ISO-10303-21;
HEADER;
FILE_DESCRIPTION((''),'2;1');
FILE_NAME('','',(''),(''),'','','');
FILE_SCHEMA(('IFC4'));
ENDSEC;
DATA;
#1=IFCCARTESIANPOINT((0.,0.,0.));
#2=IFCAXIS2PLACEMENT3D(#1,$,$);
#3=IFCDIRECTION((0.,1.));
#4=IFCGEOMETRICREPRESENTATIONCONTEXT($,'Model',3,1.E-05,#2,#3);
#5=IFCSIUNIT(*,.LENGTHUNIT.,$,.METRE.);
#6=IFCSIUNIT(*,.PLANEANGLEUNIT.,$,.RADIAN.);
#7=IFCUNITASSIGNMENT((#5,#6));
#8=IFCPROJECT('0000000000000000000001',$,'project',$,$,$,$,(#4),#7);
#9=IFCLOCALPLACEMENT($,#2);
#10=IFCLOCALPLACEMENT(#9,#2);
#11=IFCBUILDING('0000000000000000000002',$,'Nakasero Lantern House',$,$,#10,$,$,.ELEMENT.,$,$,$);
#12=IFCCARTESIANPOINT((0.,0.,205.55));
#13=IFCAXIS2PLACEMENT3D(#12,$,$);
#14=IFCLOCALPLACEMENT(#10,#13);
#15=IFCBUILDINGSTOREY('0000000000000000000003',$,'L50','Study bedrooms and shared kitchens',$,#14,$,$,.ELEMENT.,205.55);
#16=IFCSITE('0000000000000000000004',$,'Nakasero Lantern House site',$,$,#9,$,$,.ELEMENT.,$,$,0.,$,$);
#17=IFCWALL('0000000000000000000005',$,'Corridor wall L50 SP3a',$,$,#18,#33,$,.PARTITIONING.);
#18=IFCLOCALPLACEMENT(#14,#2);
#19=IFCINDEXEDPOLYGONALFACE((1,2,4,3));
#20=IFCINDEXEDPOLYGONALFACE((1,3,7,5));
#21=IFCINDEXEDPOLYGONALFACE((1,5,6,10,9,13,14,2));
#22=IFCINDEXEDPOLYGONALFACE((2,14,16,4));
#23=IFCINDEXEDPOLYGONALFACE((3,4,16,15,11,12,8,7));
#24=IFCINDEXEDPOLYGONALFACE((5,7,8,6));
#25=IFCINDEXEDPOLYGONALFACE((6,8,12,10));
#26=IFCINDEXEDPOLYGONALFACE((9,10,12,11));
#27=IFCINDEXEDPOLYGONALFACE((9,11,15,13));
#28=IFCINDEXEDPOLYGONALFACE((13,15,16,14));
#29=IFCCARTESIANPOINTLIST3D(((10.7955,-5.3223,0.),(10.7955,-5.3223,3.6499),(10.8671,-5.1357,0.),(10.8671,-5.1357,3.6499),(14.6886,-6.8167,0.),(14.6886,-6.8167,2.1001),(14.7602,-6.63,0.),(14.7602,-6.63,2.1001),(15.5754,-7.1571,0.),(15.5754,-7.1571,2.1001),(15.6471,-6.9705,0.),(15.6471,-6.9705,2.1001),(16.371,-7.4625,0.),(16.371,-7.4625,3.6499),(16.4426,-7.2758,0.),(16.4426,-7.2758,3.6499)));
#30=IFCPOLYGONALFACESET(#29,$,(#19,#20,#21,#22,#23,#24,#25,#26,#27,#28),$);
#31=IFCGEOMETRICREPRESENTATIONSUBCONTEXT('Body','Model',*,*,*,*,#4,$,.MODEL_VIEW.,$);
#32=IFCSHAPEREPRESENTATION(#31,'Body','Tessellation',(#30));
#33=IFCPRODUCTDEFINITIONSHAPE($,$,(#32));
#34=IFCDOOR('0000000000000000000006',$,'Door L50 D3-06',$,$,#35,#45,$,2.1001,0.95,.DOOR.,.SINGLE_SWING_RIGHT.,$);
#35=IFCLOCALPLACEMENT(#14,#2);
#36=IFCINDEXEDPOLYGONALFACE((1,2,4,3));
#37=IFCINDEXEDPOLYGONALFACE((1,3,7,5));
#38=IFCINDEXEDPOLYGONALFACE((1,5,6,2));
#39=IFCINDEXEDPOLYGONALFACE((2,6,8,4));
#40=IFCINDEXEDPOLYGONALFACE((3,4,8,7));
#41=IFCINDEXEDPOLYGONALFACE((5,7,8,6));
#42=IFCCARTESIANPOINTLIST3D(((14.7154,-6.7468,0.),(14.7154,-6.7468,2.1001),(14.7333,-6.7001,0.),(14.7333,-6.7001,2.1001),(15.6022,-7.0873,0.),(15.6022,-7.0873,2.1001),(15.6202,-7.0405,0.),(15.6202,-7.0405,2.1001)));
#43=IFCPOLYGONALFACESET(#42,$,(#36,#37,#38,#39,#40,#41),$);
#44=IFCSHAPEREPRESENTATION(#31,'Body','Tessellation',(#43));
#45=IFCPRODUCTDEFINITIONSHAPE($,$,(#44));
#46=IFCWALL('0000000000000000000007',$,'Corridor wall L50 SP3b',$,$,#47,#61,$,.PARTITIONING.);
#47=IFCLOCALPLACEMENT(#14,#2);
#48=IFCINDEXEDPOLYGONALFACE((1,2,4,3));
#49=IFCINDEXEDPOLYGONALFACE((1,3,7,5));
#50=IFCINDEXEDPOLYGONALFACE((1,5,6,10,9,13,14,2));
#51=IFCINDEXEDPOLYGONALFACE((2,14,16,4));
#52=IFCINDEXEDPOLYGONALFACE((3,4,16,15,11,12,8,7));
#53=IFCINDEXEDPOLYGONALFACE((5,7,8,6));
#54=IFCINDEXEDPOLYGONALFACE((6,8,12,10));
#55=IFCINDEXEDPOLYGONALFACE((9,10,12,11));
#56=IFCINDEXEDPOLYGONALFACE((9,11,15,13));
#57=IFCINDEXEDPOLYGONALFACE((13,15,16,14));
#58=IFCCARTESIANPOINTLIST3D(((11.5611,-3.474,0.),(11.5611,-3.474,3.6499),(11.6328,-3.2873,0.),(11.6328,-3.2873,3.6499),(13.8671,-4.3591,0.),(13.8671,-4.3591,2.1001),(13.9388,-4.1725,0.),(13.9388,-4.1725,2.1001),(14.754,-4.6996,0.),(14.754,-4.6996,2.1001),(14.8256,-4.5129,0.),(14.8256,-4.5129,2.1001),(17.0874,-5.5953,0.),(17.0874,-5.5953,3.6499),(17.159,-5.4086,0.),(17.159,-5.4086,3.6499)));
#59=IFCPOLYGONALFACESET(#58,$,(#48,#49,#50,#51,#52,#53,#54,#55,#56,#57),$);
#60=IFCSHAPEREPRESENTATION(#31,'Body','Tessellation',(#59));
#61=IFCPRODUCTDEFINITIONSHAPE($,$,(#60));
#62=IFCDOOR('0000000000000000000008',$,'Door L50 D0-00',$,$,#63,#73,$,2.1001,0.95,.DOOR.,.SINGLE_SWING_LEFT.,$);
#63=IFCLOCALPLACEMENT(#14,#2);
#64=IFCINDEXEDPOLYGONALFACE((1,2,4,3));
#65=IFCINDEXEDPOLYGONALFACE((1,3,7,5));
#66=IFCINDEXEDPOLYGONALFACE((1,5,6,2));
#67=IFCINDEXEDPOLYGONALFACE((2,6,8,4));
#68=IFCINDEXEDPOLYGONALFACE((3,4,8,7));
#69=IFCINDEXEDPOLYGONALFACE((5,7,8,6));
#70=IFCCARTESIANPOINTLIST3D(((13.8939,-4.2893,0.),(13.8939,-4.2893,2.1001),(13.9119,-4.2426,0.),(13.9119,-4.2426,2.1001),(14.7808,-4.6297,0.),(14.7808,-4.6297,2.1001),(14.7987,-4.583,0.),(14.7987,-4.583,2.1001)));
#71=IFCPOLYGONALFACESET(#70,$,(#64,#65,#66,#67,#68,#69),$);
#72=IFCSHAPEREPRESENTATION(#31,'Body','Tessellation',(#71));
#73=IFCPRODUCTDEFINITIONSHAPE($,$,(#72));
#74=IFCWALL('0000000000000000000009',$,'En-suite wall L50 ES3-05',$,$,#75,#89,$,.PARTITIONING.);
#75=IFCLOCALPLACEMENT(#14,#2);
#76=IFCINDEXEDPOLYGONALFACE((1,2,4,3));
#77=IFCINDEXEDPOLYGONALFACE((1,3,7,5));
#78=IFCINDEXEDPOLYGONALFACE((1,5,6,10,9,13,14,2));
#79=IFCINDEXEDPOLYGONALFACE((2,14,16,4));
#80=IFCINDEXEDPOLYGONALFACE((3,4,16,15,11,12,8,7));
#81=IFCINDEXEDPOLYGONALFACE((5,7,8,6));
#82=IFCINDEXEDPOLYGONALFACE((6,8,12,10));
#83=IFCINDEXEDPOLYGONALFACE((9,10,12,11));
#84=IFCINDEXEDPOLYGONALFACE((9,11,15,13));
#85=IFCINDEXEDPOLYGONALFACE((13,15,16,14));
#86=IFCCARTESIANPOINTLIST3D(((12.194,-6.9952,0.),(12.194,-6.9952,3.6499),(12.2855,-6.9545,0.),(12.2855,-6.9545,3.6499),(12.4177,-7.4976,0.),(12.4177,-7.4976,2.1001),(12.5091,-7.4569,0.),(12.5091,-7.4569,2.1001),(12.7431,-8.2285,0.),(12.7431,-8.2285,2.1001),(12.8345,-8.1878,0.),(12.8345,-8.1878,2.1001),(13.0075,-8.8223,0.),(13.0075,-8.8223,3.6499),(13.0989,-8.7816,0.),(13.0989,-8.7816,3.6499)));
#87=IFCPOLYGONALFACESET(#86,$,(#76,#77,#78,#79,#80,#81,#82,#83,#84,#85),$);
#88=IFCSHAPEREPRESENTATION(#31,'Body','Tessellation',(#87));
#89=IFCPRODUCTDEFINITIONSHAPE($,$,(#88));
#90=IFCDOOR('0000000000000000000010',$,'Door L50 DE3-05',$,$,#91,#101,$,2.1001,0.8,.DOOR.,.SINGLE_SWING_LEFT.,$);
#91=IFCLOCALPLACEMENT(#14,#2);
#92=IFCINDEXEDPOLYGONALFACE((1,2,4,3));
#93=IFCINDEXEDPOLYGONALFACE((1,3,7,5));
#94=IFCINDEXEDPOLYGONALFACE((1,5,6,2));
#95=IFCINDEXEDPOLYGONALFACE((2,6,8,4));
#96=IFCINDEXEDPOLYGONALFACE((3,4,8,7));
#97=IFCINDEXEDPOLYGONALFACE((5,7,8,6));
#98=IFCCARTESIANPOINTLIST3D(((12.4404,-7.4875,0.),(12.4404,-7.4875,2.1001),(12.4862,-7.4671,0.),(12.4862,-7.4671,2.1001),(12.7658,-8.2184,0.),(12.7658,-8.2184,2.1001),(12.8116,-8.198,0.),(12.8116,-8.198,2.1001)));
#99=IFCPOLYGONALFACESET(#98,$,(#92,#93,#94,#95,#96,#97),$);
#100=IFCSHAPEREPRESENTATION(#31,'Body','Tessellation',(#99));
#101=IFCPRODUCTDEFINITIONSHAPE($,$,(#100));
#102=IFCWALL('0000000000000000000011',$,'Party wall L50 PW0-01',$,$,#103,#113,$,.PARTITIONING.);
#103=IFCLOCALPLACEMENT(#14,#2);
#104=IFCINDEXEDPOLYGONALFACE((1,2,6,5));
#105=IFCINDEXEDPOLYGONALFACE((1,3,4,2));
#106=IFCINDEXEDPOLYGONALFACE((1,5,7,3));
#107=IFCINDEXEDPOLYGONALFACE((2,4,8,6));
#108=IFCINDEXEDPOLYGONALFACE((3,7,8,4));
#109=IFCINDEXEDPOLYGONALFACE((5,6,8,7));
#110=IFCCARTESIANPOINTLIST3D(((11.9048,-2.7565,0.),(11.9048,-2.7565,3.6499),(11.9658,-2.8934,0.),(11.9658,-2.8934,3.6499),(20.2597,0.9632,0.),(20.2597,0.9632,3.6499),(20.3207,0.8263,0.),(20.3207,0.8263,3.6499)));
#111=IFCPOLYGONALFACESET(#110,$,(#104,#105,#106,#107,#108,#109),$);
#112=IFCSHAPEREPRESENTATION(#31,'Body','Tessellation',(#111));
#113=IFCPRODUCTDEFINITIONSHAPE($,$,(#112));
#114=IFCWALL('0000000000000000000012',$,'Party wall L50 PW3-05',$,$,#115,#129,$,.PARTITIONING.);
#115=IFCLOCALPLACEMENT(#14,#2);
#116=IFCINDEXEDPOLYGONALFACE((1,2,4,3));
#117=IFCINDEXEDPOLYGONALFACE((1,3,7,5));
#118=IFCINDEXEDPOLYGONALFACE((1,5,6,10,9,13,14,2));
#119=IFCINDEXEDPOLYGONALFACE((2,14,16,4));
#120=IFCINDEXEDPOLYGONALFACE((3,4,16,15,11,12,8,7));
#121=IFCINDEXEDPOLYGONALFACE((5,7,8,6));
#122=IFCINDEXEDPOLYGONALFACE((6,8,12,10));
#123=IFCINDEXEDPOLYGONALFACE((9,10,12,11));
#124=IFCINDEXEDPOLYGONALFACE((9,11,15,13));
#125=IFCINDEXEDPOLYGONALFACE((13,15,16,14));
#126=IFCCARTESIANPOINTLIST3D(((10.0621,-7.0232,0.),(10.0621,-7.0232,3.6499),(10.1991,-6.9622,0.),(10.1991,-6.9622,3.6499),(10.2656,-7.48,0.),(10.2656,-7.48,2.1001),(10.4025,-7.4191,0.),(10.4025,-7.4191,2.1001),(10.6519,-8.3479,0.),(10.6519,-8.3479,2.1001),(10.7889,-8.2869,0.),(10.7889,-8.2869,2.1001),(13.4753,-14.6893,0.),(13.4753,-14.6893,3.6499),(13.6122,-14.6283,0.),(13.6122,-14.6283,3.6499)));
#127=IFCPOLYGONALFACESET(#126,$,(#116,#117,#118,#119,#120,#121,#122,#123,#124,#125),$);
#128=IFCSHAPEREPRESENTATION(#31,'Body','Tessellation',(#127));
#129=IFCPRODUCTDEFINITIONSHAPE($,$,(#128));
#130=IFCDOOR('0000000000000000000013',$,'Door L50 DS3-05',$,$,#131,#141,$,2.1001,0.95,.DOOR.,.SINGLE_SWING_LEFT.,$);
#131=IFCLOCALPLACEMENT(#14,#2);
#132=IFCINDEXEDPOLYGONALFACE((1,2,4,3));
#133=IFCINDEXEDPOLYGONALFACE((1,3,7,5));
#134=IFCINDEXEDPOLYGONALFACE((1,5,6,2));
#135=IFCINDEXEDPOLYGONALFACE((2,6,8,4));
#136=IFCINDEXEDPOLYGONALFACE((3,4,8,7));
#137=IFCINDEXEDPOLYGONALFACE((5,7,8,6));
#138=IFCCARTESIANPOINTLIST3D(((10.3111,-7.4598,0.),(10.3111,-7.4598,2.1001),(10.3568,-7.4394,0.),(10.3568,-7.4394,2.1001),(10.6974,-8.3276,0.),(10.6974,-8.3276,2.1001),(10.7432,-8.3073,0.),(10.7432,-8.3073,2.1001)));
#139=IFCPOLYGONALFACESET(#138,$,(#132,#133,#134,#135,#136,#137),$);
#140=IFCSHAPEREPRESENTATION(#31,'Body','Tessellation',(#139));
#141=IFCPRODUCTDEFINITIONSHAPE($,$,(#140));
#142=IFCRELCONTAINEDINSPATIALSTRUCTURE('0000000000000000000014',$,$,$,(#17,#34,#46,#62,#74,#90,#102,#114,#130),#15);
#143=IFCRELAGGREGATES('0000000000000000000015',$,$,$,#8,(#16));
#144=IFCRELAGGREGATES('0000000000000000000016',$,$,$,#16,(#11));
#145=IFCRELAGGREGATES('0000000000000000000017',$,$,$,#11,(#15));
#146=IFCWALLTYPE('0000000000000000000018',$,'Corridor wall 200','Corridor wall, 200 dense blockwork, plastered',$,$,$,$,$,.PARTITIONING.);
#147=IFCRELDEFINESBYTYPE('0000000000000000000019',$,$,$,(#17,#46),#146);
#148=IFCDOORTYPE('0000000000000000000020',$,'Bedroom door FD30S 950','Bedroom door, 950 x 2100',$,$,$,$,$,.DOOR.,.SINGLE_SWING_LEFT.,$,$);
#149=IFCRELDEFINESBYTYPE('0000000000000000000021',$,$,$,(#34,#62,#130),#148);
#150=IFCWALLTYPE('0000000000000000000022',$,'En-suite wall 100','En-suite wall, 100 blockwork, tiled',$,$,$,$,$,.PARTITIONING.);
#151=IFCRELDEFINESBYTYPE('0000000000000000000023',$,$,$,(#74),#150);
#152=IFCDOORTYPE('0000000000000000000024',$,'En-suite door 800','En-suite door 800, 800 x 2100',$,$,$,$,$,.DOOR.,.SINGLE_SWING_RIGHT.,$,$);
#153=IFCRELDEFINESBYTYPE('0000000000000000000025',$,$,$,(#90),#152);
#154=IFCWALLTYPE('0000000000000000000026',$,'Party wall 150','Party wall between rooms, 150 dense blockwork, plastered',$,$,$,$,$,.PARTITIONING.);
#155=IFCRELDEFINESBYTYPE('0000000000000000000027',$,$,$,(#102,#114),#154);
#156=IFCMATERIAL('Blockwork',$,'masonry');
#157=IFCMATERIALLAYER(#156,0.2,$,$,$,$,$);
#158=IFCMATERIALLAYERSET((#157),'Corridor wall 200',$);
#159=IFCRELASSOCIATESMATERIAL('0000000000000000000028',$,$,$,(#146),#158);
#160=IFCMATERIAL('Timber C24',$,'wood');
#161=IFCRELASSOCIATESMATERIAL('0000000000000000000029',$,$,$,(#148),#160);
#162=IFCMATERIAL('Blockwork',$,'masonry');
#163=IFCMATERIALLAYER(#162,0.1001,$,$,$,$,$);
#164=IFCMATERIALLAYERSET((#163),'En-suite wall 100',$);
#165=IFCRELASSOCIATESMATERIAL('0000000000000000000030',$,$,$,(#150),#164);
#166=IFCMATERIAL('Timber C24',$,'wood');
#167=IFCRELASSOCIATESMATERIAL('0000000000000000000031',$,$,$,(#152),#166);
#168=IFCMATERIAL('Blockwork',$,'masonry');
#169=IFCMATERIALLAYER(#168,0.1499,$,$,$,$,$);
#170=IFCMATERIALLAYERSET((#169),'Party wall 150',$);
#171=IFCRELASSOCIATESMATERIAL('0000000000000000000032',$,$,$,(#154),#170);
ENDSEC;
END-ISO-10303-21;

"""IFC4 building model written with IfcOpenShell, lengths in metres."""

from ifc_helpers import new_model, si_unit, direction, frame, frame_2d, origin, place, context, subcontext, project, spatial, rectangle, extrude, material, layer, layer_set, type_object, element, fill, save


model = new_model("IFC4")

# Units and contexts
model_context = context("Model", 3, precision=1e-05, world=origin(), true_north=direction((0.0, 1.0)))
body_context = subcontext(model_context, "Body", "Model", "MODEL_VIEW")
ifc_project = project(units=[si_unit("LENGTHUNIT", "METRE"), si_unit("PLANEANGLEUNIT", "RADIAN")], contexts=[model_context])

# Site, building, storey
site_placement = place(None, origin())
site = spatial("IfcSite", under=ifc_project, at=site_placement, Name="Nakasero Lantern House site", CompositionType="ELEMENT", RefElevation=0.0)
building_placement = place(site_placement, origin())
building = spatial("IfcBuilding", under=site, at=building_placement, Name="Nakasero Lantern House", CompositionType="ELEMENT")
storey_placement = place(building_placement, frame((0.0, 0.0, 205.55)))
storey = spatial("IfcBuildingStorey", under=building, at=storey_placement, Name="L50", Description="Study bedrooms and shared kitchens", CompositionType="ELEMENT", Elevation=205.55)

# Shared definitions
ifc_material_1 = material(Name="Blockwork", Category="masonry")
ifc_layer_1 = layer(ifc_material_1, 0.2)
ifc_layer_set_1 = layer_set([ifc_layer_1], Name="Corridor wall 200")
wall_type_1 = type_object("IfcWallType", Name="Corridor wall 200", Description="Corridor wall, 200 dense blockwork, plastered", PredefinedType="PARTITIONING", material=ifc_layer_set_1)

# Walls, openings, doors
wall_1_placement = place(storey_placement, frame((10.8313, -5.229, 0.0), z_axis=(0.0, 0.0, 1.0), x_axis=(0.933585, -0.358357, 0.0)))
wall_1 = element("IfcWall", 1, at=wall_1_placement, inside=storey, type_object=wall_type_1, Name="Corridor wall L50 SP3a", PredefinedType="PARTITIONING", context=body_context, shape_type="SweptSolid", body=[
    extrude(rectangle(XDim=5.9722, YDim=0.2, at=frame_2d((2.9861, 0.0))), origin(), (0.0, 0.0, 1.0), 3.6499),
])
opening_1_placement = place(wall_1_placement, frame((4.1699, 0.0, 0.0)))
opening_1 = element("IfcOpeningElement", 2, at=opening_1_placement, cuts=wall_1, PredefinedType="OPENING", context=body_context, shape_type="SweptSolid", body=[
    extrude(rectangle(XDim=0.95, YDim=2.1001, at=frame_2d((0.4751, 1.05))), frame((0.0, 0.1199, 0.0), z_axis=(0.0, -1.0, 0.0), x_axis=(1.0, 0.0, 0.0)), (0.0, 0.0, 1.0), 0.24),
])
ifc_material_2 = material(Name="Timber C24", Category="wood")
door_type_1 = type_object("IfcDoorType", Name="Bedroom door FD30S 950", Description="Bedroom door, 950 x 2100", OperationType="SINGLE_SWING_LEFT", PredefinedType="DOOR", material=ifc_material_2)
door_1_placement = place(opening_1_placement, origin())
door_1 = element("IfcDoor", 3, at=door_1_placement, inside=storey, type_object=door_type_1, Name="Door L50 D3-06", OperationType="SINGLE_SWING_RIGHT", OverallHeight=2.1001, OverallWidth=0.95, PredefinedType="DOOR", context=body_context, shape_type="SweptSolid", body=[
    extrude(rectangle(XDim=0.95, YDim=2.1001, at=frame_2d((0.4751, 1.05))), frame((0.0, 0.0249, 0.0), z_axis=(0.0, -1.0, 0.0), x_axis=(1.0, 0.0, 0.0)), (0.0, 0.0, 1.0), 0.05),
])
fill(opening_1, door_1)
wall_2_placement = place(storey_placement, frame((11.5969, -3.3806, 0.0), z_axis=(0.0, 0.0, 1.0), x_axis=(0.933582, -0.358363, 0.0)))
wall_2 = element("IfcWall", 4, at=wall_2_placement, inside=storey, type_object=wall_type_1, Name="Corridor wall L50 SP3b", PredefinedType="PARTITIONING", context=body_context, shape_type="SweptSolid", body=[
    extrude(rectangle(XDim=5.9194, YDim=0.2, at=frame_2d((2.9597, 0.0))), origin(), (0.0, 0.0, 1.0), 3.6499),
])
opening_2_placement = place(wall_2_placement, frame((2.47, 0.0, 0.0)))
opening_2 = element("IfcOpeningElement", 5, at=opening_2_placement, cuts=wall_2, PredefinedType="OPENING", context=body_context, shape_type="SweptSolid", body=[
    extrude(rectangle(XDim=0.95, YDim=2.1001, at=frame_2d((0.4751, 1.05))), frame((0.0, 0.1199, 0.0), z_axis=(0.0, -1.0, 0.0), x_axis=(1.0, 0.0, 0.0)), (0.0, 0.0, 1.0), 0.24),
])
door_2_placement = place(opening_2_placement, origin())
door_2 = element("IfcDoor", 6, at=door_2_placement, inside=storey, type_object=door_type_1, Name="Door L50 D0-00", OperationType="SINGLE_SWING_LEFT", OverallHeight=2.1001, OverallWidth=0.95, PredefinedType="DOOR", context=body_context, shape_type="SweptSolid", body=[
    extrude(rectangle(XDim=0.95, YDim=2.1001, at=frame_2d((0.4751, 1.05))), frame((0.0, 0.0249, 0.0), z_axis=(0.0, -1.0, 0.0), x_axis=(1.0, 0.0, 0.0)), (0.0, 0.0, 1.0), 0.05),
])
fill(opening_2, door_2)
ifc_material_3 = material(Name="Blockwork", Category="masonry")
ifc_layer_2 = layer(ifc_material_3, 0.1001)
ifc_layer_set_2 = layer_set([ifc_layer_2], Name="En-suite wall 100")
wall_type_2 = type_object("IfcWallType", Name="En-suite wall 100", Description="En-suite wall, 100 blockwork, tiled", PredefinedType="PARTITIONING", material=ifc_layer_set_2)
wall_3_placement = place(storey_placement, frame((12.2397, -6.9749, 0.0), z_axis=(0.0, 0.0, 1.0), x_axis=(0.406727, -0.91355, 0.0)))
wall_3 = element("IfcWall", 7, at=wall_3_placement, inside=storey, type_object=wall_type_2, Name="En-suite wall L50 ES3-05", PredefinedType="PARTITIONING", context=body_context, shape_type="SweptSolid", body=[
    extrude(rectangle(XDim=2.0, YDim=0.1001, at=frame_2d((1.0, 0.0))), origin(), (0.0, 0.0, 1.0), 3.6499),
])
opening_3_placement = place(wall_3_placement, frame((0.55, 0.0, 0.0)))
opening_3 = element("IfcOpeningElement", 8, at=opening_3_placement, cuts=wall_3, PredefinedType="OPENING", context=body_context, shape_type="SweptSolid", body=[
    extrude(rectangle(XDim=0.8, YDim=2.1001, at=frame_2d((0.3999, 1.05))), frame((0.0, 0.0701, 0.0), z_axis=(0.0, -1.0, 0.0), x_axis=(1.0, 0.0, 0.0)), (0.0, 0.0, 1.0), 0.1401),
])
ifc_material_4 = material(Name="Timber C24", Category="wood")
door_type_2 = type_object("IfcDoorType", Name="En-suite door 800", Description="En-suite door 800, 800 x 2100", OperationType="SINGLE_SWING_RIGHT", PredefinedType="DOOR", material=ifc_material_4)
door_3_placement = place(opening_3_placement, origin())
door_3 = element("IfcDoor", 9, at=door_3_placement, inside=storey, type_object=door_type_2, Name="Door L50 DE3-05", OperationType="SINGLE_SWING_LEFT", OverallHeight=2.1001, OverallWidth=0.8, PredefinedType="DOOR", context=body_context, shape_type="SweptSolid", body=[
    extrude(rectangle(XDim=0.8, YDim=2.1001, at=frame_2d((0.3999, 1.05))), frame((0.0, 0.0249, 0.0), z_axis=(0.0, -1.0, 0.0), x_axis=(1.0, 0.0, 0.0)), (0.0, 0.0, 1.0), 0.05),
])
fill(opening_3, door_3)

# Wall
ifc_material_5 = material(Name="Blockwork", Category="masonry")
ifc_layer_3 = layer(ifc_material_5, 0.1499)
ifc_layer_set_3 = layer_set([ifc_layer_3], Name="Party wall 150")
wall_type_3 = type_object("IfcWallType", Name="Party wall 150", Description="Party wall between rooms, 150 dense blockwork, plastered", PredefinedType="PARTITIONING", material=ifc_layer_set_3)
wall_4_placement = place(storey_placement, frame((11.9353, -2.825, 0.0), z_axis=(0.0, 0.0, 1.0), x_axis=(0.913552, 0.406723, 0.0)))
element("IfcWall", 10, at=wall_4_placement, inside=storey, type_object=wall_type_3, Name="Party wall L50 PW0-01", PredefinedType="PARTITIONING", context=body_context, shape_type="SweptSolid", body=[
    extrude(rectangle(XDim=9.1455, YDim=0.1499, at=frame_2d((4.5728, 0.0))), origin(), (0.0, 0.0, 1.0), 3.6499),
])

# Wall, opening, door
wall_5_placement = place(storey_placement, frame((10.1306, -6.9927, 0.0), z_axis=(0.0, 0.0, 1.0), x_axis=(0.406732, -0.913547, 0.0)))
wall_5 = element("IfcWall", 11, at=wall_5_placement, inside=storey, type_object=wall_type_3, Name="Party wall L50 PW3-05", PredefinedType="PARTITIONING", context=body_context, shape_type="SweptSolid", body=[
    extrude(rectangle(XDim=8.3916, YDim=0.1499, at=frame_2d((4.1958, 0.0))), origin(), (0.0, 0.0, 1.0), 3.6499),
])
opening_4_placement = place(wall_5_placement, frame((0.5, 0.0, 0.0)))
opening_4 = element("IfcOpeningElement", 12, at=opening_4_placement, cuts=wall_5, PredefinedType="OPENING", context=body_context, shape_type="SweptSolid", body=[
    extrude(rectangle(XDim=0.95, YDim=2.1001, at=frame_2d((0.4751, 1.05))), frame((0.0, 0.095, 0.0), z_axis=(0.0, -1.0, 0.0), x_axis=(1.0, 0.0, 0.0)), (0.0, 0.0, 1.0), 0.1899),
])
door_4_placement = place(opening_4_placement, origin())
door_4 = element("IfcDoor", 13, at=door_4_placement, inside=storey, type_object=door_type_1, Name="Door L50 DS3-05", OperationType="SINGLE_SWING_LEFT", OverallHeight=2.1001, OverallWidth=0.95, PredefinedType="DOOR", context=body_context, shape_type="SweptSolid", body=[
    extrude(rectangle(XDim=0.95, YDim=2.1001, at=frame_2d((0.4751, 1.05))), frame((0.0, 0.0249, 0.0), z_axis=(0.0, -1.0, 0.0), x_axis=(1.0, 0.0, 0.0)), (0.0, 0.0, 1.0), 0.05),
])
fill(opening_4, door_4)

save(model, "model.ifc")
